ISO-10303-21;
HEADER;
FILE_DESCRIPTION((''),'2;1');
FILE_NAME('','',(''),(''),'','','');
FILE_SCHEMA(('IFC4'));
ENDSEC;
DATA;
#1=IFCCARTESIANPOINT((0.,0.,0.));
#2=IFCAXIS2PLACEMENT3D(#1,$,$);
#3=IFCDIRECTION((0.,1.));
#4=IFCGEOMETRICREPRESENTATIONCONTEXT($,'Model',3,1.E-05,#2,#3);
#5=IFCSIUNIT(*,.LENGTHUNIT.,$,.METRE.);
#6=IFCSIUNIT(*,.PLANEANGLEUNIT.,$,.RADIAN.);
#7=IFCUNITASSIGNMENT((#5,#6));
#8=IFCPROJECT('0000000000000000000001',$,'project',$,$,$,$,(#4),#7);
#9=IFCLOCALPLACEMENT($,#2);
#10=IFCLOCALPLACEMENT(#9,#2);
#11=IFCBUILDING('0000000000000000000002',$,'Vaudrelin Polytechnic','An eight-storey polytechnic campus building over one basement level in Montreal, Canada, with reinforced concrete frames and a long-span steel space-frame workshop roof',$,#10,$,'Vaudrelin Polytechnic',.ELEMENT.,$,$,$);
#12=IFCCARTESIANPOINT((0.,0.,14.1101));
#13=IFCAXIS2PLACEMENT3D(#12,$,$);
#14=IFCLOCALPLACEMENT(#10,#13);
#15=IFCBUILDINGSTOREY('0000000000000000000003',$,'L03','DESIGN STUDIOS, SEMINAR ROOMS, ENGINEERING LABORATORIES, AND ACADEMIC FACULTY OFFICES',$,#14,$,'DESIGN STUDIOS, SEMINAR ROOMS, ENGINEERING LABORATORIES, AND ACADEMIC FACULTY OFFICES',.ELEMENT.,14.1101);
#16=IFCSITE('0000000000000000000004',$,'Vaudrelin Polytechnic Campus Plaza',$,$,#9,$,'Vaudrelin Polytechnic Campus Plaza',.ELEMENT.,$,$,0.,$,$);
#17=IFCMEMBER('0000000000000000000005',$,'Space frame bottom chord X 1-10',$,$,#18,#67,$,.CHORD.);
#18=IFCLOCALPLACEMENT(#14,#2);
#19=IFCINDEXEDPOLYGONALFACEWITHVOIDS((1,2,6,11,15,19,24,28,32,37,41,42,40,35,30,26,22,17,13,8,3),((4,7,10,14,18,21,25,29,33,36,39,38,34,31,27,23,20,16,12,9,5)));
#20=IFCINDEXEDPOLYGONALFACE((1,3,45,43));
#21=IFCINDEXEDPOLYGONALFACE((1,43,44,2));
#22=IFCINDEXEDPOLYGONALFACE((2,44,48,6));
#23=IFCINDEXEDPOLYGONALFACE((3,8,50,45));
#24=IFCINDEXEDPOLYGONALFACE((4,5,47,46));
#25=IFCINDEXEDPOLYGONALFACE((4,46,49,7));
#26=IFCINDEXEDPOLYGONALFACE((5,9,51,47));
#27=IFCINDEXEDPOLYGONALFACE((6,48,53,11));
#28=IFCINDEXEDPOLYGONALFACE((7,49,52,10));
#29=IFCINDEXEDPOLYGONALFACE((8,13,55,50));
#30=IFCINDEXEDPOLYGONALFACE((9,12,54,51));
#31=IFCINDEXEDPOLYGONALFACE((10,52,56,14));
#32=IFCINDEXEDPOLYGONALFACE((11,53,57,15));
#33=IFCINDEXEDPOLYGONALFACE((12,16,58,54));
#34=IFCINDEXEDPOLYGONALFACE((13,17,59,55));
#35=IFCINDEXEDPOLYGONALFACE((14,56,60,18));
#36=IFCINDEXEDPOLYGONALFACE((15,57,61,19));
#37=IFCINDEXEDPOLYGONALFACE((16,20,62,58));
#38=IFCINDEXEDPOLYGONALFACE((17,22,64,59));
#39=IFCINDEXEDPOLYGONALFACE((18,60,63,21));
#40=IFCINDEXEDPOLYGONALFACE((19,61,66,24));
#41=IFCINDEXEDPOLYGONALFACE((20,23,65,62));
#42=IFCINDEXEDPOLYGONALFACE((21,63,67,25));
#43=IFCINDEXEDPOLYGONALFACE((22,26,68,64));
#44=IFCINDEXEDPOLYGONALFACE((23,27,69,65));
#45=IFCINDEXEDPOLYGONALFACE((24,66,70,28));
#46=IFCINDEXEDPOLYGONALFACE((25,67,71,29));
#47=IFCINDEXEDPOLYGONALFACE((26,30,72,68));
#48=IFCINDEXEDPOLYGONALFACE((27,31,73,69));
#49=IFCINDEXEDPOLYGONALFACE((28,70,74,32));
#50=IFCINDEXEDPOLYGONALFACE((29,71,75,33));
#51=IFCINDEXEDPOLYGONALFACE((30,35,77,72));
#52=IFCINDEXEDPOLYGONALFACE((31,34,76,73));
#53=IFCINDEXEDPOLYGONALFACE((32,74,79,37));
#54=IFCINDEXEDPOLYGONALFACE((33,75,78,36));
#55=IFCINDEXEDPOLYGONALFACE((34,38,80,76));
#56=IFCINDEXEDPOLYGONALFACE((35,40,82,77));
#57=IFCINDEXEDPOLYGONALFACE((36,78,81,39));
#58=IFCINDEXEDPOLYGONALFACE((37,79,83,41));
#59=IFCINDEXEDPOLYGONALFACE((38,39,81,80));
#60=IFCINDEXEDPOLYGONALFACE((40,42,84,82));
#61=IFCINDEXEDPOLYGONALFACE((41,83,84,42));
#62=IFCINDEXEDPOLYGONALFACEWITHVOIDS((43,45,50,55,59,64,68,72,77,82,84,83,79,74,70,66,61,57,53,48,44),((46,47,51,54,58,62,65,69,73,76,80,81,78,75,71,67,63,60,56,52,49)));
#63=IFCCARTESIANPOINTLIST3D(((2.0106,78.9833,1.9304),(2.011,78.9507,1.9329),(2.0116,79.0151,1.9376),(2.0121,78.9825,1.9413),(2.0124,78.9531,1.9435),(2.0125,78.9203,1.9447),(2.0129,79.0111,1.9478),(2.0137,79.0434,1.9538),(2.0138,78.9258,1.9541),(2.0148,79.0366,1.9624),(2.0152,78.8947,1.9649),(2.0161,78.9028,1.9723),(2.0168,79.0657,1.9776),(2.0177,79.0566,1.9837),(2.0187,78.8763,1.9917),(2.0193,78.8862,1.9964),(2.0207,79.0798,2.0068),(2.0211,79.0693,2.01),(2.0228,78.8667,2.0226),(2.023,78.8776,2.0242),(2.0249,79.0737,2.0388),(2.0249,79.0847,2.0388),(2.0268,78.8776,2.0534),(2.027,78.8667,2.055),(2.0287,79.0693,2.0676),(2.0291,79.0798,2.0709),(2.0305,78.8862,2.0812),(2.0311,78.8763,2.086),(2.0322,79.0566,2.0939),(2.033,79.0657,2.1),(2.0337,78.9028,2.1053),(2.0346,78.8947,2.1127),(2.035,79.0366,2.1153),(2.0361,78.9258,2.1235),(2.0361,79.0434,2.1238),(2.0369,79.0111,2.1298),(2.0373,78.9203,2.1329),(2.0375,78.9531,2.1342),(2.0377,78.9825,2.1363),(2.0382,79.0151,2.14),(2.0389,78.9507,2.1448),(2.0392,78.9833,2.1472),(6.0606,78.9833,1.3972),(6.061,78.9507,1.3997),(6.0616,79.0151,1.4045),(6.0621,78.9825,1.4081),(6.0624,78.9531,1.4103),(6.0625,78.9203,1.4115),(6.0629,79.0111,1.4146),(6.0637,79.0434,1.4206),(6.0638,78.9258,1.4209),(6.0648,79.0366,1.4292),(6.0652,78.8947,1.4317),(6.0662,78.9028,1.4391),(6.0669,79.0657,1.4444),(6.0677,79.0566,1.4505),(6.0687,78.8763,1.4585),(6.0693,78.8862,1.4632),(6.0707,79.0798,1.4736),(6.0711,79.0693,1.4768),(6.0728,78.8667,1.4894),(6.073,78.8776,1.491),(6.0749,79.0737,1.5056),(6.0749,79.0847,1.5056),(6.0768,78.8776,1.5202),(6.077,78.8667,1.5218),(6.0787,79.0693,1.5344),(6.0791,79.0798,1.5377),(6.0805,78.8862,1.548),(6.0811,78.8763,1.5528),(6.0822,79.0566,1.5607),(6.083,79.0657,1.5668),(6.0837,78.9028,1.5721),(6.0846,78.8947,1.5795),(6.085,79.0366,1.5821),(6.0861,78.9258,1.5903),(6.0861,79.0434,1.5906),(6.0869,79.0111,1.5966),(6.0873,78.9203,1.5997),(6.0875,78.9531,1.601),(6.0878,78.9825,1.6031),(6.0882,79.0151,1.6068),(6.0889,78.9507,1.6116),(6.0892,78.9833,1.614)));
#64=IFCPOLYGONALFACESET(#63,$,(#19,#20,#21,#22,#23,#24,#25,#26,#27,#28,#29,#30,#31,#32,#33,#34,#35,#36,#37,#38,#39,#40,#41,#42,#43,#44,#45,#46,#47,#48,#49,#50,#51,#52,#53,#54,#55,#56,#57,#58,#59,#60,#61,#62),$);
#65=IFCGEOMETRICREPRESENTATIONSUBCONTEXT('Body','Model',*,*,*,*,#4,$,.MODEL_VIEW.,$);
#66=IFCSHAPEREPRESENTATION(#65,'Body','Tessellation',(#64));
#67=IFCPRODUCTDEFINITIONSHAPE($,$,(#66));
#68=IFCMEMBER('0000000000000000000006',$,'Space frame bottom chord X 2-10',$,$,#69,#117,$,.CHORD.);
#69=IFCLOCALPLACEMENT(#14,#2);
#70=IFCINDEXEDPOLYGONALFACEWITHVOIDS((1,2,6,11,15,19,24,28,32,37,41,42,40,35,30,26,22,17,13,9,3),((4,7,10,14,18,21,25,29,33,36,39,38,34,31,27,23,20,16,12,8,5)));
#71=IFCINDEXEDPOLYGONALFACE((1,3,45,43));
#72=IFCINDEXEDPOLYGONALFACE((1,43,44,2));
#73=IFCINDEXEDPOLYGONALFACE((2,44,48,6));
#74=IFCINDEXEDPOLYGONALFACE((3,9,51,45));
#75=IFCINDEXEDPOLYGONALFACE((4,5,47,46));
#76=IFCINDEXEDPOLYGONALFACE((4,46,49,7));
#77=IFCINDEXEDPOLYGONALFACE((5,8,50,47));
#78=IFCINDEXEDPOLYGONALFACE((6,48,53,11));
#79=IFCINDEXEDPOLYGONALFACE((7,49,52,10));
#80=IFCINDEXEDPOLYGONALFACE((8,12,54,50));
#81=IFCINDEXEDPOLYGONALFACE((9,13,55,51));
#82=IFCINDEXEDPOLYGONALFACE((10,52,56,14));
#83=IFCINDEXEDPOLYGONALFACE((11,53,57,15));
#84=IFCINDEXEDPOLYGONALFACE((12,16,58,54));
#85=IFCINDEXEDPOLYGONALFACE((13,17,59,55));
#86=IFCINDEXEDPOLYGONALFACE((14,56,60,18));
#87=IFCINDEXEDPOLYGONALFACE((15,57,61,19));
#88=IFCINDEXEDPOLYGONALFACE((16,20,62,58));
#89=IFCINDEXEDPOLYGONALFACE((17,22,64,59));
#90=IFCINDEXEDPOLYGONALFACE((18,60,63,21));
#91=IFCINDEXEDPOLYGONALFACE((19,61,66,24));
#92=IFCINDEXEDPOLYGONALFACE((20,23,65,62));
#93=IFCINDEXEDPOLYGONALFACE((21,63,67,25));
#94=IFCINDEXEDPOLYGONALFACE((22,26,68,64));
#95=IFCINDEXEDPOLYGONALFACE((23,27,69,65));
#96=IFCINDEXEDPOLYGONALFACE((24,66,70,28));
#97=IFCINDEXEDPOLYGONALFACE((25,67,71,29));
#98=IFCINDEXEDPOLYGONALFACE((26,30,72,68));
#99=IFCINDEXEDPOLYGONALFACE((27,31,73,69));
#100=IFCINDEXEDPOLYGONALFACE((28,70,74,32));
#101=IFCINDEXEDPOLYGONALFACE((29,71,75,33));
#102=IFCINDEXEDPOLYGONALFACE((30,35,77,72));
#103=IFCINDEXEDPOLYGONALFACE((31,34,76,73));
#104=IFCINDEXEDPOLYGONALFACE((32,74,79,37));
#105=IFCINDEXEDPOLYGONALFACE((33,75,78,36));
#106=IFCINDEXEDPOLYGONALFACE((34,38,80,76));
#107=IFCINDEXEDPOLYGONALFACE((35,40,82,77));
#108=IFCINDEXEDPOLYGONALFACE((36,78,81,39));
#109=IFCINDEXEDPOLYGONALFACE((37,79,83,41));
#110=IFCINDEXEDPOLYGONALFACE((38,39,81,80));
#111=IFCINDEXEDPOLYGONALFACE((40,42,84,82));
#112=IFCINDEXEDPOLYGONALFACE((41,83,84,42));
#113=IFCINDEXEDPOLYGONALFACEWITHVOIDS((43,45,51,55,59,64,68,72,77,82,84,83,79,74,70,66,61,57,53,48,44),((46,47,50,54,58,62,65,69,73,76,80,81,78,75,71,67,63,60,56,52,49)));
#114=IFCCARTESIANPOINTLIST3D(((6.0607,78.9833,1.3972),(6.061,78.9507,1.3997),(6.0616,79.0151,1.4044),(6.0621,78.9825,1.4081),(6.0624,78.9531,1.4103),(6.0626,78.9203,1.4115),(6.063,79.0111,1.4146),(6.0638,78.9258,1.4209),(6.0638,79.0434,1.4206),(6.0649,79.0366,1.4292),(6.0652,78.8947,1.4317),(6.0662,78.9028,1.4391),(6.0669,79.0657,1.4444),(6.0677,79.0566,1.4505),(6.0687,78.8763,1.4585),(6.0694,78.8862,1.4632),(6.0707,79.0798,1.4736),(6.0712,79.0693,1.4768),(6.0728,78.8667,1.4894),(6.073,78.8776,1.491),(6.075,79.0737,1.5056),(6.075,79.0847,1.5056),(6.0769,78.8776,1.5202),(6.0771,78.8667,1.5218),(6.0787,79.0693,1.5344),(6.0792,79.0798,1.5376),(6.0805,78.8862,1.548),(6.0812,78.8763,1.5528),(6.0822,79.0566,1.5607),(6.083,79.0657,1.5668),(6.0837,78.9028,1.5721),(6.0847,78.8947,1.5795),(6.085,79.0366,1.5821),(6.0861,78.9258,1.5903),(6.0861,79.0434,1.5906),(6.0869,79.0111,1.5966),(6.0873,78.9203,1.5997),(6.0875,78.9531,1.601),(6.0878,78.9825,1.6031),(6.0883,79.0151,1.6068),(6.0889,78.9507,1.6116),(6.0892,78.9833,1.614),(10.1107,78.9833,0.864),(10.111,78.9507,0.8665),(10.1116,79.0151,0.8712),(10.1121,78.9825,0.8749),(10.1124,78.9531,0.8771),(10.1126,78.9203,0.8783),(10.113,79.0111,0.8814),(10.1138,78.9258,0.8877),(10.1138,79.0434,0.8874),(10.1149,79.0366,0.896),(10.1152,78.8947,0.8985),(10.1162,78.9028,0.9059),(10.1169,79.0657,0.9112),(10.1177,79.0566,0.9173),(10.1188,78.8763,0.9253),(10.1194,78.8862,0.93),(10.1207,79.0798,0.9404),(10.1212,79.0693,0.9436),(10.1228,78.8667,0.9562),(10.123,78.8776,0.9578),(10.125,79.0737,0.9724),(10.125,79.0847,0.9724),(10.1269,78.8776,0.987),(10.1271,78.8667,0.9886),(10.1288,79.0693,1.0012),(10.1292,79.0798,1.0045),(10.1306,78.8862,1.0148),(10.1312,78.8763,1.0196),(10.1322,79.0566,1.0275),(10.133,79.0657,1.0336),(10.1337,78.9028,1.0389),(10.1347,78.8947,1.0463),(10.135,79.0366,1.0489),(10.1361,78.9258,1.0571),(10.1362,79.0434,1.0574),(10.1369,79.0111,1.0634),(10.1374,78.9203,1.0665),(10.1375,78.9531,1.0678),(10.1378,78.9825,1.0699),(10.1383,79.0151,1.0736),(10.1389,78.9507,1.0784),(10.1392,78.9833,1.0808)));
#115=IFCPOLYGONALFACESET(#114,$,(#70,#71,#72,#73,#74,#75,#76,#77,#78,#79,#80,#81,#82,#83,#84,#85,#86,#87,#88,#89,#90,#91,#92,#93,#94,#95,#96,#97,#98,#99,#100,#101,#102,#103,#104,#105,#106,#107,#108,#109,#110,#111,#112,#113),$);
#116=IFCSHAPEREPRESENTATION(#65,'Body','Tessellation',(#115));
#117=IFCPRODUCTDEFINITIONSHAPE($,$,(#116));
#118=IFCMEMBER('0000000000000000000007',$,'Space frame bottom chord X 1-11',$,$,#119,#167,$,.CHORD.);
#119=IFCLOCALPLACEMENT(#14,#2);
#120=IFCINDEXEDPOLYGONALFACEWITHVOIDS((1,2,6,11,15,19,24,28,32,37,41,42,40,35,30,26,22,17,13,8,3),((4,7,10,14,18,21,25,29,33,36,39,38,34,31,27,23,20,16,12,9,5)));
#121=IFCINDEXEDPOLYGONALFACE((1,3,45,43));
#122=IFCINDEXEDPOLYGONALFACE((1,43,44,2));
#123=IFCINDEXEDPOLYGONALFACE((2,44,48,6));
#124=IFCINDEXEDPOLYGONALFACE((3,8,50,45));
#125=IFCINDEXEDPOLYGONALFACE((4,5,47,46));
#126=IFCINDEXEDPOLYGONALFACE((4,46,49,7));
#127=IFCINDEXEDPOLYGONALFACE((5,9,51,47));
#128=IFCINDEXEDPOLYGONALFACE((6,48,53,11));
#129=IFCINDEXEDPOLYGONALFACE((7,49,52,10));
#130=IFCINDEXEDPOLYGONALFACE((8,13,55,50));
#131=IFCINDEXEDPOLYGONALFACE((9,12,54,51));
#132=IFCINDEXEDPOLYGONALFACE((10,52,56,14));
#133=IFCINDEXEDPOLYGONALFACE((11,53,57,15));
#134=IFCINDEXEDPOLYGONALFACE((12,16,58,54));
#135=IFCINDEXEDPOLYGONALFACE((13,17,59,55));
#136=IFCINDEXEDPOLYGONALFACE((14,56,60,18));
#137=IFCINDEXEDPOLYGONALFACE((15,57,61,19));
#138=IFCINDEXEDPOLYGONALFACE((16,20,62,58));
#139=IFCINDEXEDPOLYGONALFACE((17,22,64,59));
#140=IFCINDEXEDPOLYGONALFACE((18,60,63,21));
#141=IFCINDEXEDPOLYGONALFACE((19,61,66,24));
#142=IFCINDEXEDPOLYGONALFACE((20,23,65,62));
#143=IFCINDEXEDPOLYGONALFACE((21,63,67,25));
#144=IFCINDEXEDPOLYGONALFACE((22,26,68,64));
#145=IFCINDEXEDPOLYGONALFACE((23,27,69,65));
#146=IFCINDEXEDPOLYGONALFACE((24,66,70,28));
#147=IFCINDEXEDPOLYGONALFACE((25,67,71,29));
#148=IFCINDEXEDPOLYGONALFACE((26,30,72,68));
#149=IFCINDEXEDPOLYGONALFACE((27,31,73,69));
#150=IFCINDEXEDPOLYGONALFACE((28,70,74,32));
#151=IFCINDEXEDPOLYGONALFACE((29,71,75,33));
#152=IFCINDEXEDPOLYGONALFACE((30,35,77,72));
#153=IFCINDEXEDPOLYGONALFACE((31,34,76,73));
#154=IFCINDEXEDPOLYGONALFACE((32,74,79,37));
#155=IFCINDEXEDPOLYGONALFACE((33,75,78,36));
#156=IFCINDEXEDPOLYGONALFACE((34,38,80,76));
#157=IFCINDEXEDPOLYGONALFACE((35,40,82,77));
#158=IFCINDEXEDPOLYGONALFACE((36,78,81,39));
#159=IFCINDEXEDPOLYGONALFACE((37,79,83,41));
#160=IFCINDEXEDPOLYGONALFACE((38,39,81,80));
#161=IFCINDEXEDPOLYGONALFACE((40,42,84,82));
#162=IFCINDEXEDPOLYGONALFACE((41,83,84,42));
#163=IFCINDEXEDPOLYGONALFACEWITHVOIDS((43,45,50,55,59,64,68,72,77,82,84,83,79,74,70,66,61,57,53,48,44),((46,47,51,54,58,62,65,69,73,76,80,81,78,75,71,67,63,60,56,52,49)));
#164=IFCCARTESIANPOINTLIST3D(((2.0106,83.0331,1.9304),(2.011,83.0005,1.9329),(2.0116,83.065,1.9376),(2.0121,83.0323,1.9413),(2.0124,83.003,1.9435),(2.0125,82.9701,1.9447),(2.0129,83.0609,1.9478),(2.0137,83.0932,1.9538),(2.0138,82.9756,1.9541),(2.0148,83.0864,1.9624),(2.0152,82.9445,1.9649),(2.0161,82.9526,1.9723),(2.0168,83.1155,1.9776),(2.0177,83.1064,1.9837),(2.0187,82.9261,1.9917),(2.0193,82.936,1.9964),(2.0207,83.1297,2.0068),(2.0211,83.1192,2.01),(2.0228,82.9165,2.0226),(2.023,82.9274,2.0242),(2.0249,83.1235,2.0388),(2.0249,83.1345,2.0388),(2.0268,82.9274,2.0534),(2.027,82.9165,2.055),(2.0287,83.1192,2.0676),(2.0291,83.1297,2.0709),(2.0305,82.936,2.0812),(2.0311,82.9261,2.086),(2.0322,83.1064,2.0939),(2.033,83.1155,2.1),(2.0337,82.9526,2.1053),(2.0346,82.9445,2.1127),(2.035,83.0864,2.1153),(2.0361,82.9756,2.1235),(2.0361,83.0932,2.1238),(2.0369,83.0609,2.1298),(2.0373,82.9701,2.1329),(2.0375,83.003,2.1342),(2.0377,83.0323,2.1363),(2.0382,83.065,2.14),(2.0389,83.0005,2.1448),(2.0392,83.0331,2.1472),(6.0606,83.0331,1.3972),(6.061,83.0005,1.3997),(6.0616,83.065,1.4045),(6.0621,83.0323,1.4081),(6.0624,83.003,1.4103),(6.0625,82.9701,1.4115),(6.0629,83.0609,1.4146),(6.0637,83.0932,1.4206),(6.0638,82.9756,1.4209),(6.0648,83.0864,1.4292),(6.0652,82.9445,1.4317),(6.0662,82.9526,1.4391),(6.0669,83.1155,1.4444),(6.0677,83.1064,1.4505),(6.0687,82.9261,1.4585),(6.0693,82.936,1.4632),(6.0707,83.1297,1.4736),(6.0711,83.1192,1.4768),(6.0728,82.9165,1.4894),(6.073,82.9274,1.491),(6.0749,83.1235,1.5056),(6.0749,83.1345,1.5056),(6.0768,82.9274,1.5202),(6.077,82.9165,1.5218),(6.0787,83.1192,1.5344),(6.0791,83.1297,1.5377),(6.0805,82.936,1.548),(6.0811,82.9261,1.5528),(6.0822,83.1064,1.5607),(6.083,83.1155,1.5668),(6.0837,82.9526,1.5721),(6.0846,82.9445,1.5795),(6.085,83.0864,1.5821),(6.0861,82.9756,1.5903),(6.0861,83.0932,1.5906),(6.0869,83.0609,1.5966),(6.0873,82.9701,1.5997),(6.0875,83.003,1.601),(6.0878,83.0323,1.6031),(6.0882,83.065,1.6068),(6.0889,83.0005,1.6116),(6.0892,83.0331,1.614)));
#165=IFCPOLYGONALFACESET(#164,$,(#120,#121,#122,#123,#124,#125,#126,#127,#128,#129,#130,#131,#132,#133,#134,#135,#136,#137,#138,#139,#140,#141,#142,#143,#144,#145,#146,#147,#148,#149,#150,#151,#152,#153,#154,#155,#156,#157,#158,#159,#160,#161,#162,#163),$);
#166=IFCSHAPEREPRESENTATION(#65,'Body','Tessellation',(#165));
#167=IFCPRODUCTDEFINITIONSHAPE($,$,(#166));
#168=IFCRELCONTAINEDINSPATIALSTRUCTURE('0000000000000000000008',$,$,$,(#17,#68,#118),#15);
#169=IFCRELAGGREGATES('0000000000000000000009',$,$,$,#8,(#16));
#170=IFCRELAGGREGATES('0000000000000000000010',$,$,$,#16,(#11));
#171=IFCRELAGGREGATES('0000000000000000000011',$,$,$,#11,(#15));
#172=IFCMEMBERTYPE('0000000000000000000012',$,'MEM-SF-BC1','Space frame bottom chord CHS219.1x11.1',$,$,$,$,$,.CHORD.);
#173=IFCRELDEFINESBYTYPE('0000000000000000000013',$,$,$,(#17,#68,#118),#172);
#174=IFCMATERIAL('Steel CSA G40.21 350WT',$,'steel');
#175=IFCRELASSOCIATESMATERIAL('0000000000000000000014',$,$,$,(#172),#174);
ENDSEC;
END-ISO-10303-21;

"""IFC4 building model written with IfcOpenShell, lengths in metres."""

from ifc_helpers import new_model, si_unit, direction, frame, origin, origin_2d, place, context, subcontext, project, spatial, hollow_circle, extrude, material, material_profile, profile_set, type_object, element, save


model = new_model("IFC4")

# Units and contexts
model_context = context("Model", 3, precision=1e-05, world=origin(), true_north=direction((0.0, 1.0)))
body_context = subcontext(model_context, "Body", "Model", "MODEL_VIEW")
ifc_project = project(units=[si_unit("LENGTHUNIT", "METRE"), si_unit("PLANEANGLEUNIT", "RADIAN")], contexts=[model_context])

# Site, building, storey
site_placement = place(None, origin())
site = spatial("IfcSite", under=ifc_project, at=site_placement, Name="Vaudrelin Polytechnic Campus Plaza", LongName="Vaudrelin Polytechnic Campus Plaza", CompositionType="ELEMENT", RefElevation=0.0)
building_placement = place(site_placement, origin())
building = spatial("IfcBuilding", under=site, at=building_placement, Name="Vaudrelin Polytechnic", Description="An eight-storey polytechnic campus building over one basement level in Montreal, Canada, with reinforced concrete frames and a long-span steel space-frame workshop roof", LongName="Vaudrelin Polytechnic", CompositionType="ELEMENT")
storey_placement = place(building_placement, frame((0.0, 0.0, 14.1101)))
storey = spatial("IfcBuildingStorey", under=building, at=storey_placement, Name="L03", Description="DESIGN STUDIOS, SEMINAR ROOMS, ENGINEERING LABORATORIES, AND ACADEMIC FACULTY OFFICES", LongName="DESIGN STUDIOS, SEMINAR ROOMS, ENGINEERING LABORATORIES, AND ACADEMIC FACULTY OFFICES", CompositionType="ELEMENT", Elevation=14.1101)

# Members
ifc_material_1 = material(Name="Steel CSA G40.21 350WT", Category="steel")
ifc_material_profile_1 = material_profile(ifc_material_1, hollow_circle(Radius=0.1096, WallThickness=0.011, at=origin_2d()), Name="CHS219.1x11.1")
ifc_profile_set_1 = profile_set([ifc_material_profile_1], Name="Steel CSA G40.21 350WT")
member_type_1 = type_object("IfcMemberType", Name="MEM-SF-BC1", Description="Space frame bottom chord CHS219.1x11.1", PredefinedType="CHORD", material=ifc_profile_set_1)
for number, where, z_axis, x_axis, name in (
    (1, (2.0249, 78.9751, 2.0388), (0.991445, 0.0, -0.130527), (0.0, 1.0, 0.0), "Space frame bottom chord X 1-10"),
    (2, (6.075, 78.9751, 1.5056), (0.991445, 0.0, -0.130527), (0.0, 1.0, 0.0), "Space frame bottom chord X 2-10"),
    (3, (2.0249, 83.0249, 2.0388), (0.991445, 0.0, -0.130527), (0.0, 1.0, 0.0), "Space frame bottom chord X 1-11"),
):
    element("IfcMember", number, at=place(storey_placement, frame(where, z_axis=z_axis, x_axis=x_axis)), inside=storey, type_object=member_type_1, Name=name, PredefinedType="CHORD", context=body_context, shape_type="SweptSolid", body=[
        extrude(hollow_circle(Radius=0.1096, WallThickness=0.011, at=origin_2d()), origin(), (0.0, 0.0, 1.0), 4.085),
    ])

save(model, "model.ifc")
